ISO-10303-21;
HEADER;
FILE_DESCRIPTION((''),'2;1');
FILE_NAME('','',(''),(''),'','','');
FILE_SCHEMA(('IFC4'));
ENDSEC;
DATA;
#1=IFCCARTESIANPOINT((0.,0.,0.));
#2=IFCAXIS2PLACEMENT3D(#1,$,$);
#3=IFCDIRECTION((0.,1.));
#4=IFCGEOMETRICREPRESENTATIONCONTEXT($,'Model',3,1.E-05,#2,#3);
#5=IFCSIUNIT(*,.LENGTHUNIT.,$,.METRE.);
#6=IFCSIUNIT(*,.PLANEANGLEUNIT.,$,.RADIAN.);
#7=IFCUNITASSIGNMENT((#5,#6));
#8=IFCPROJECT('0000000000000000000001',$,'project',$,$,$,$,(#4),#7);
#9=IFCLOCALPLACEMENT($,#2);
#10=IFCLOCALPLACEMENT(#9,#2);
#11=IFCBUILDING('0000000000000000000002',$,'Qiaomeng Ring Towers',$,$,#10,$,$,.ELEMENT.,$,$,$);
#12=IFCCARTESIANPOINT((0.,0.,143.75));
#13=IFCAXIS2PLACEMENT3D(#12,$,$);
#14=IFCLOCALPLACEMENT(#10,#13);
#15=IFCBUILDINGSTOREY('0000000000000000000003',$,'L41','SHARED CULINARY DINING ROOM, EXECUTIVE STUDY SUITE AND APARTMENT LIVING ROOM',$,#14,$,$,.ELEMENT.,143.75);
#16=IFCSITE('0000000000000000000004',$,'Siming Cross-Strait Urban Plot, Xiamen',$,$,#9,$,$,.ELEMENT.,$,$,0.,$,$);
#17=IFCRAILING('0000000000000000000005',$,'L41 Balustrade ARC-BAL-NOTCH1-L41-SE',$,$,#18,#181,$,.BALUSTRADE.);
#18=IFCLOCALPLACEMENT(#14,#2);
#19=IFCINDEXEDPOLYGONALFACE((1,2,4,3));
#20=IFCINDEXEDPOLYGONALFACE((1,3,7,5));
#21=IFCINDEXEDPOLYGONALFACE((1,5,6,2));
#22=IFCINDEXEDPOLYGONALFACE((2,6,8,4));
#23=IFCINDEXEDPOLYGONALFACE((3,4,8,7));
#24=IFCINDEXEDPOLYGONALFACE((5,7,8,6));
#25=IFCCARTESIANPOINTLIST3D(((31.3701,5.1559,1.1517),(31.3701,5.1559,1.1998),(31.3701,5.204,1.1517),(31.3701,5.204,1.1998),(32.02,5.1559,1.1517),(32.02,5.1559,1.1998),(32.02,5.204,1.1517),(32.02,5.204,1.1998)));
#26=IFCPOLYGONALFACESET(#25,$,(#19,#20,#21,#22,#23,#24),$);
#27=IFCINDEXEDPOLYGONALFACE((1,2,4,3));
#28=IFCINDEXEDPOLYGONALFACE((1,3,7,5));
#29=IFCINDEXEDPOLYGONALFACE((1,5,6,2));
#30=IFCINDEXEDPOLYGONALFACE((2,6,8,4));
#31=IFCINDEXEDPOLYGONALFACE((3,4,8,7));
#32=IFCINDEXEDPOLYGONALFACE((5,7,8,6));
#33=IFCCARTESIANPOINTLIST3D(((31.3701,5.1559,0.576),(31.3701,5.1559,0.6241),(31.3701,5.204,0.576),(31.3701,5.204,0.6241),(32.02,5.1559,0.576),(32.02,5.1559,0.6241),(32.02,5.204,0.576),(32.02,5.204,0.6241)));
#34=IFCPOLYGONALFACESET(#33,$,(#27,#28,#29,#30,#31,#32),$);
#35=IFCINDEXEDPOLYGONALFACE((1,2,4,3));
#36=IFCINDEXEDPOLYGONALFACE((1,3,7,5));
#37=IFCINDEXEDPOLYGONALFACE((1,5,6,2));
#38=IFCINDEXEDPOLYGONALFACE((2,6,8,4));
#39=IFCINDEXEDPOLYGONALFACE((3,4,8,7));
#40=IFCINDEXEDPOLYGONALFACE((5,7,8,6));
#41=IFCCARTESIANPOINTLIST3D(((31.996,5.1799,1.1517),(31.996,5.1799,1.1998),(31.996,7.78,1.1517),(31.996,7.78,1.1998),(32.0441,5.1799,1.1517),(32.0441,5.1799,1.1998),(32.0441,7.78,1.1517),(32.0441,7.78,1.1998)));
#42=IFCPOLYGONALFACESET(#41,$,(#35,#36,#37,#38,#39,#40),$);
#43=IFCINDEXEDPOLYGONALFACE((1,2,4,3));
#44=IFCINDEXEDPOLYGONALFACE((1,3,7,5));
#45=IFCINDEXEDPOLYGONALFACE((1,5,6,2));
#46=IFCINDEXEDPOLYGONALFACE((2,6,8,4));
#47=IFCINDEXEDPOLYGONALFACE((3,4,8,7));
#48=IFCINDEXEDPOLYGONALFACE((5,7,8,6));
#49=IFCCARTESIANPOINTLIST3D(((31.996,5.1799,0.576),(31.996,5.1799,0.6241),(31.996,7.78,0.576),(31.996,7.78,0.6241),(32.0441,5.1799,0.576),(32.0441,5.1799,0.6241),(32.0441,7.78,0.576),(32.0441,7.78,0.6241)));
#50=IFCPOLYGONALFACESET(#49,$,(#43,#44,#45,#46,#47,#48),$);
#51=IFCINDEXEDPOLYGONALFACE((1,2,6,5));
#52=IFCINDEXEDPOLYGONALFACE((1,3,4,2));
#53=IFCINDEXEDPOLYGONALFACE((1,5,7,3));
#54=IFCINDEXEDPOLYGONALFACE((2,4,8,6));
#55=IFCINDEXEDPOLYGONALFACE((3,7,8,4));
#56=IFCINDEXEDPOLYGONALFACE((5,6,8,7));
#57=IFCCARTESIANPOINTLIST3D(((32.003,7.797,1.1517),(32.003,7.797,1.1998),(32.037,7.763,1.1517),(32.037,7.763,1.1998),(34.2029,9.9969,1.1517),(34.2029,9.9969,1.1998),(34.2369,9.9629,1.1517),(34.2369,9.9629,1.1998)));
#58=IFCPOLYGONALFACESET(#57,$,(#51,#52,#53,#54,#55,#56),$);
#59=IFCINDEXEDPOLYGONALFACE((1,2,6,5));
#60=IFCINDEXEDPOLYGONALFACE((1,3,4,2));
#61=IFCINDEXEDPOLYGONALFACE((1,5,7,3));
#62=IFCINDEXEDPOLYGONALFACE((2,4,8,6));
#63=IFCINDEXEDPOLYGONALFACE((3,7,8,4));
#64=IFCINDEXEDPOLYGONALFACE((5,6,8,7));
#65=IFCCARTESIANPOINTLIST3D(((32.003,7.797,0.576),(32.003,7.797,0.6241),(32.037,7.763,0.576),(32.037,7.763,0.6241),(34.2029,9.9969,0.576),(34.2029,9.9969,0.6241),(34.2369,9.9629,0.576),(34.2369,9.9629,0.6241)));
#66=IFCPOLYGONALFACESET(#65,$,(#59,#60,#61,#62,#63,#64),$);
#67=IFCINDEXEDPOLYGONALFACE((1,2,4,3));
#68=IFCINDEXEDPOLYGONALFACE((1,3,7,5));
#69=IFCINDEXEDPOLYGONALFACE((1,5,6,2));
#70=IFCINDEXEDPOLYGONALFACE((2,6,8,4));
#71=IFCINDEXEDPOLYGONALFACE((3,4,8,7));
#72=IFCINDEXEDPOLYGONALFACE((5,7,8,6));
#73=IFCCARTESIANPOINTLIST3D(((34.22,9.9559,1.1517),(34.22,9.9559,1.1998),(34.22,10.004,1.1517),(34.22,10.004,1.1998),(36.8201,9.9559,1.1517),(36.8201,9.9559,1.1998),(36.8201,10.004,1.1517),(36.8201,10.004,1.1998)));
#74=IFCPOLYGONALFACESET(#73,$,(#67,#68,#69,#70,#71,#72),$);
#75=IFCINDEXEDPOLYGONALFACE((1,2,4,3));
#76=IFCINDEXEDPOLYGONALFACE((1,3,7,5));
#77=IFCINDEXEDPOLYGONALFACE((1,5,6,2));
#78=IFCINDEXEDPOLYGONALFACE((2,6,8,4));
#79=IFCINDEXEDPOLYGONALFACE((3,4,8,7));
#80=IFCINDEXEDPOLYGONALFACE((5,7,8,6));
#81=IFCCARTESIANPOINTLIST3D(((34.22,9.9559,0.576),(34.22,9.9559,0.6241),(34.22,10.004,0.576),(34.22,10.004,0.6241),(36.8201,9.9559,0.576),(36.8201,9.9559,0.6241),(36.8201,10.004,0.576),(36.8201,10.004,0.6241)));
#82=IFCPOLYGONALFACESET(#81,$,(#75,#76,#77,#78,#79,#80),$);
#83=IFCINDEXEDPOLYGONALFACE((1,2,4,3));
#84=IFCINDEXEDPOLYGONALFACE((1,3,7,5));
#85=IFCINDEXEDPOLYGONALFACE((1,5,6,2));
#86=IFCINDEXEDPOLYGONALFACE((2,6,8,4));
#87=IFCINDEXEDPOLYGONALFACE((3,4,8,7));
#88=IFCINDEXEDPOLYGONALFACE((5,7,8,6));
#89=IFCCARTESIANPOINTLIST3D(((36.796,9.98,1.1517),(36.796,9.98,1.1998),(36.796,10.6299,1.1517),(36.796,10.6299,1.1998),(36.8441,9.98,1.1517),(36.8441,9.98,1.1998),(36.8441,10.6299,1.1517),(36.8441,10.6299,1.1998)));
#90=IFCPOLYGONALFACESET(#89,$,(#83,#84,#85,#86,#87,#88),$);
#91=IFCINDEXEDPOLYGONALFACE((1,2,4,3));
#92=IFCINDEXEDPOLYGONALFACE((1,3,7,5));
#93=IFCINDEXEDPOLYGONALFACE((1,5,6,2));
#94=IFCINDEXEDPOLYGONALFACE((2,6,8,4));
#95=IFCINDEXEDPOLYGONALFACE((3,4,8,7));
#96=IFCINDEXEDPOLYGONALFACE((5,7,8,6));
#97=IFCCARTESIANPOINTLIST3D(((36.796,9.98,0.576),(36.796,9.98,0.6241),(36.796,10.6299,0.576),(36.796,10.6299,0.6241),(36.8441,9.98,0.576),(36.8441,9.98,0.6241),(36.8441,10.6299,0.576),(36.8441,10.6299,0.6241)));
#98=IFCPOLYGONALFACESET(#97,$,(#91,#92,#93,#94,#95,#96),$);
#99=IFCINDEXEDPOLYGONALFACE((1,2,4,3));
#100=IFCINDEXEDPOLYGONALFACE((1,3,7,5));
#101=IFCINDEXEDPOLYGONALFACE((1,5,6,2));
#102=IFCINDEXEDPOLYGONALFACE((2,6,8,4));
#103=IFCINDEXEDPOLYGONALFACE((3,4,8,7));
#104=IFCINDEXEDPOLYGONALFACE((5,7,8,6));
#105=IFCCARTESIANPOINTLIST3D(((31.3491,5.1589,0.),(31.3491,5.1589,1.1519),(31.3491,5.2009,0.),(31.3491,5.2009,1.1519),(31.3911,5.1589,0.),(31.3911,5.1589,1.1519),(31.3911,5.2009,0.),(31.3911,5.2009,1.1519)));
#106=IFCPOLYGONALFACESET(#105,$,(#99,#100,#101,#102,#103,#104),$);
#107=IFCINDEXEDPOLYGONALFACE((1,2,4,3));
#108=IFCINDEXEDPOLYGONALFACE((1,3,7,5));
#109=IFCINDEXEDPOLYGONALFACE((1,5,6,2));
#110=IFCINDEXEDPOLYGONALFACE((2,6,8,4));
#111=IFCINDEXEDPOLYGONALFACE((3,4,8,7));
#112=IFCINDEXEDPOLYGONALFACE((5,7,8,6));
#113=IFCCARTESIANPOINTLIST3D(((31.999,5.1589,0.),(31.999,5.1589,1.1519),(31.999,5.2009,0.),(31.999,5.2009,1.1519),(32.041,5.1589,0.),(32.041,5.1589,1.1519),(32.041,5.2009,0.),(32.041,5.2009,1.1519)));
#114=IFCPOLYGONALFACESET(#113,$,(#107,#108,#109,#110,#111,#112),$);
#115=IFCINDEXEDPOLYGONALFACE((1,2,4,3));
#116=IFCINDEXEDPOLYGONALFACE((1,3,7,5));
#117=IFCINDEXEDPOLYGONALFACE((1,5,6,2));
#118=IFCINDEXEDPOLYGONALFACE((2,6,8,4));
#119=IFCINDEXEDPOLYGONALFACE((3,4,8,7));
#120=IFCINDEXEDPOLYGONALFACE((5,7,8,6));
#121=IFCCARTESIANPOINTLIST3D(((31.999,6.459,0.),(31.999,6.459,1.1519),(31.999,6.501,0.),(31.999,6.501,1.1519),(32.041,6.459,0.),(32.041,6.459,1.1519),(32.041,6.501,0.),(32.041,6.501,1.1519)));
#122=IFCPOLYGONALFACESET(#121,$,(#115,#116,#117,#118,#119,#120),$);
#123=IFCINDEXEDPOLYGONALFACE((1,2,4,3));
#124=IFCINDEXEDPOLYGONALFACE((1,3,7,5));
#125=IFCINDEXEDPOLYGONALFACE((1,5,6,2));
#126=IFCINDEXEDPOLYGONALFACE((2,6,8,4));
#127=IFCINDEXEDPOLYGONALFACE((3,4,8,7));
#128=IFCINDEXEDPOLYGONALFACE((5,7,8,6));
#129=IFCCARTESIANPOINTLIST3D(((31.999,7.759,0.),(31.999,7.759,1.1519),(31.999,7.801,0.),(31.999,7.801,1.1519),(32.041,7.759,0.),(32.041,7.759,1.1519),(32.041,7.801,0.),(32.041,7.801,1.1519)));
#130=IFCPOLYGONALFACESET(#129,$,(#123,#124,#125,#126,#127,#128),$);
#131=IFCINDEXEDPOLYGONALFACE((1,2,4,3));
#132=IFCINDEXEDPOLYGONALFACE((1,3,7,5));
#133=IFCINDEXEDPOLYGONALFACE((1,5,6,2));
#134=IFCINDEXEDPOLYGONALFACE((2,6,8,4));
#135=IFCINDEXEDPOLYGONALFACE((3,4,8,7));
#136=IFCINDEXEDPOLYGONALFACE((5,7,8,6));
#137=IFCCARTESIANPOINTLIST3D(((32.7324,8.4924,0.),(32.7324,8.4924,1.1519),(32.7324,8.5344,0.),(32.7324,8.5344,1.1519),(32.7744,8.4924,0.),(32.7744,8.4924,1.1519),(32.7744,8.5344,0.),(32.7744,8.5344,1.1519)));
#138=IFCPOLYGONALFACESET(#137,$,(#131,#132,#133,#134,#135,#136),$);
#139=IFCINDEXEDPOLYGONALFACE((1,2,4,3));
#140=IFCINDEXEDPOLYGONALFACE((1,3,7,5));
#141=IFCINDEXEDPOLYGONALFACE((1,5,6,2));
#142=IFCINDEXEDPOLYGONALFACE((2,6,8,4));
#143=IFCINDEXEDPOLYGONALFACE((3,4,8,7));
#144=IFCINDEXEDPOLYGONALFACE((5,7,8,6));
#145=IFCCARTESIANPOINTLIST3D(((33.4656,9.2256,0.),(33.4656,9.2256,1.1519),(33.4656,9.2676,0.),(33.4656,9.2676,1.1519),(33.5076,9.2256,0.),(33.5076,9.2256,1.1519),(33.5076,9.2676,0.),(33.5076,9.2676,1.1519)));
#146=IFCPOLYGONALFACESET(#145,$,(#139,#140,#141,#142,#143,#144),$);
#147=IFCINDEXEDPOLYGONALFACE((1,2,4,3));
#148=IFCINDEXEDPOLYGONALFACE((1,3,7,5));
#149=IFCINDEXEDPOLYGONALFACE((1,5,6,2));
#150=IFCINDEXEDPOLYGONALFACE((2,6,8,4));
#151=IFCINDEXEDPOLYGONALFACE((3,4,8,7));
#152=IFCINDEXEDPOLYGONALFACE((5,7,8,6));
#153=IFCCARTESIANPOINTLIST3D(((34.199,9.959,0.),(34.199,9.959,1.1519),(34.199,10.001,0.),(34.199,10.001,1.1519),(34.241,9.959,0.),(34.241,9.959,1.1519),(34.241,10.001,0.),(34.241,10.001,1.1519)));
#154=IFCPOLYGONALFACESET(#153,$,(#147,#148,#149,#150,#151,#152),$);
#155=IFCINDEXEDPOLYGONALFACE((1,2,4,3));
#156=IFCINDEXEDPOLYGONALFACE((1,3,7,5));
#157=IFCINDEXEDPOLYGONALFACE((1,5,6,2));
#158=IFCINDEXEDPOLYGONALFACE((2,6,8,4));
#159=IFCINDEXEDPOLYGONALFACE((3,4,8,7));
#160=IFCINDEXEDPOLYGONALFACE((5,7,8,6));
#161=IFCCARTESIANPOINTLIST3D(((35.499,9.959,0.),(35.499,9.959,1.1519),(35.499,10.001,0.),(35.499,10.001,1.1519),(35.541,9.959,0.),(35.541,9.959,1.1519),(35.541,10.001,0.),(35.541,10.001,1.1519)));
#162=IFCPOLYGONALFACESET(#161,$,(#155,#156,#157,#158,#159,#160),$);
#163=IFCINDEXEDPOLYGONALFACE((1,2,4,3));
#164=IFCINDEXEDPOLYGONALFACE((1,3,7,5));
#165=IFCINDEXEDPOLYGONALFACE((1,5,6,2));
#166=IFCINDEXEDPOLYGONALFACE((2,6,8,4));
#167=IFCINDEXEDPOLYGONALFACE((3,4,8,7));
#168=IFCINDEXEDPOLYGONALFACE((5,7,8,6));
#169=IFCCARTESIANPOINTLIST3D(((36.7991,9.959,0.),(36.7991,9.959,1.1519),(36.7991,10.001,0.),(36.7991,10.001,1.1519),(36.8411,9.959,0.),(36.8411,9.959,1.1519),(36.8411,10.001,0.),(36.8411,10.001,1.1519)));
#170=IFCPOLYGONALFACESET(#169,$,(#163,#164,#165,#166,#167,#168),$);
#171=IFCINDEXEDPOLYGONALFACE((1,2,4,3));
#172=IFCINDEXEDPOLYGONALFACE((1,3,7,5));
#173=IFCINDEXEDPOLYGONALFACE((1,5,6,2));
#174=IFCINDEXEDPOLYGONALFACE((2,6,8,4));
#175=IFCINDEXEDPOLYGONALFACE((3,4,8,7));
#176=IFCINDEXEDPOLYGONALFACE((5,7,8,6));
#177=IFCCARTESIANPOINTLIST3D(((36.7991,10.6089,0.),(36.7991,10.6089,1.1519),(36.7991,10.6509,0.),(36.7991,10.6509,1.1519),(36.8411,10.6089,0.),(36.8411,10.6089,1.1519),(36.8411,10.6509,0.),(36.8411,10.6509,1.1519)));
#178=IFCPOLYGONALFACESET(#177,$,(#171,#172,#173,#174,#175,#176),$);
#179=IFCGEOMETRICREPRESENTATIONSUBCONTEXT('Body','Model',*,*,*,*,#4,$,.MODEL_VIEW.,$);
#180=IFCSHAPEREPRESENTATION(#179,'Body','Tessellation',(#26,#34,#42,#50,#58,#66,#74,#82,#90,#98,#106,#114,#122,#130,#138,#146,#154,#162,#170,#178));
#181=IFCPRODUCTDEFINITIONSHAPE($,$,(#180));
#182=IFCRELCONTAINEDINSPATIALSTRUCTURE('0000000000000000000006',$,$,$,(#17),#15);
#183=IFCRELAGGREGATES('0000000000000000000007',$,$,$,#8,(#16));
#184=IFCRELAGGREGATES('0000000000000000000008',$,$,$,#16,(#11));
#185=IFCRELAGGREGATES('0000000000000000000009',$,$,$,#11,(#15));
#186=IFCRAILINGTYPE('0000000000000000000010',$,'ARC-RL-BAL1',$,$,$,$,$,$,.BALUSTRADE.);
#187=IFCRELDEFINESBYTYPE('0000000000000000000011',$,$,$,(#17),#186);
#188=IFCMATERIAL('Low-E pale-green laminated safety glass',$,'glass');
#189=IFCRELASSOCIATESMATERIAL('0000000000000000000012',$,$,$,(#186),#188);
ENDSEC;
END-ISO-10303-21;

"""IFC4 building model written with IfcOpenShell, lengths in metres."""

from ifc_helpers import new_model, si_unit, direction, frame, origin, origin_2d, place, context, subcontext, project, spatial, rectangle, extrude, material, type_object, element, save


model = new_model("IFC4")

# Units and contexts
model_context = context("Model", 3, precision=1e-05, world=origin(), true_north=direction((0.0, 1.0)))
body_context = subcontext(model_context, "Body", "Model", "MODEL_VIEW")
ifc_project = project(units=[si_unit("LENGTHUNIT", "METRE"), si_unit("PLANEANGLEUNIT", "RADIAN")], contexts=[model_context])

# Site, building, storey
site_placement = place(None, origin())
site = spatial("IfcSite", under=ifc_project, at=site_placement, Name="Siming Cross-Strait Urban Plot, Xiamen", CompositionType="ELEMENT", RefElevation=0.0)
building_placement = place(site_placement, origin())
building = spatial("IfcBuilding", under=site, at=building_placement, Name="Qiaomeng Ring Towers", CompositionType="ELEMENT")
storey_placement = place(building_placement, frame((0.0, 0.0, 143.75)))
storey = spatial("IfcBuildingStorey", under=building, at=storey_placement, Name="L41", Description="SHARED CULINARY DINING ROOM, EXECUTIVE STUDY SUITE AND APARTMENT LIVING ROOM", CompositionType="ELEMENT", Elevation=143.75)

# Railing
ifc_material_1 = material(Name="Low-E pale-green laminated safety glass", Category="glass")
railing_type = type_object("IfcRailingType", Name="ARC-RL-BAL1", PredefinedType="BALUSTRADE", material=ifc_material_1)
railing_placement = place(storey_placement, frame((31.3701, 5.1799, 0.0)))
element("IfcRailing", 1, at=railing_placement, inside=storey, type_object=railing_type, Name="L41 Balustrade ARC-BAL-NOTCH1-L41-SE", PredefinedType="BALUSTRADE", context=body_context, shape_type="SweptSolid", body=[
    extrude(rectangle(XDim=0.0481, YDim=0.0481, at=origin_2d()), frame((0.0, 0.0, 1.1758), z_axis=(1.0, 0.0, 0.0), x_axis=(0.0, 1.0, 0.0)), (0.0, 0.0, 1.0), 0.6499),
    extrude(rectangle(XDim=0.0481, YDim=0.0481, at=origin_2d()), frame((0.0, 0.0, 0.6001), z_axis=(1.0, 0.0, 0.0), x_axis=(0.0, 1.0, 0.0)), (0.0, 0.0, 1.0), 0.6499),
    extrude(rectangle(XDim=0.0481, YDim=0.0481, at=origin_2d()), frame((0.6499, 0.0, 1.1758), z_axis=(0.0, 1.0, 0.0), x_axis=(-1.0, 0.0, 0.0)), (0.0, 0.0, 1.0), 2.6001),
    extrude(rectangle(XDim=0.0481, YDim=0.0481, at=origin_2d()), frame((0.6499, 0.0, 0.6001), z_axis=(0.0, 1.0, 0.0), x_axis=(-1.0, 0.0, 0.0)), (0.0, 0.0, 1.0), 2.6001),
    extrude(rectangle(XDim=0.0481, YDim=0.0481, at=origin_2d()), frame((0.6499, 2.6001, 1.1758), z_axis=(0.707107, 0.707107, 0.0), x_axis=(-0.707107, 0.707107, 0.0)), (0.0, 0.0, 1.0), 3.1111),
    extrude(rectangle(XDim=0.0481, YDim=0.0481, at=origin_2d()), frame((0.6499, 2.6001, 0.6001), z_axis=(0.707107, 0.707107, 0.0), x_axis=(-0.707107, 0.707107, 0.0)), (0.0, 0.0, 1.0), 3.1111),
    extrude(rectangle(XDim=0.0481, YDim=0.0481, at=origin_2d()), frame((2.8499, 4.8, 1.1758), z_axis=(1.0, 0.0, 0.0), x_axis=(0.0, 1.0, 0.0)), (0.0, 0.0, 1.0), 2.6001),
    extrude(rectangle(XDim=0.0481, YDim=0.0481, at=origin_2d()), frame((2.8499, 4.8, 0.6001), z_axis=(1.0, 0.0, 0.0), x_axis=(0.0, 1.0, 0.0)), (0.0, 0.0, 1.0), 2.6001),
    extrude(rectangle(XDim=0.0481, YDim=0.0481, at=origin_2d()), frame((5.45, 4.8, 1.1758), z_axis=(0.0, 1.0, 0.0), x_axis=(-1.0, 0.0, 0.0)), (0.0, 0.0, 1.0), 0.6499),
    extrude(rectangle(XDim=0.0481, YDim=0.0481, at=origin_2d()), frame((5.45, 4.8, 0.6001), z_axis=(0.0, 1.0, 0.0), x_axis=(-1.0, 0.0, 0.0)), (0.0, 0.0, 1.0), 0.6499),
    extrude(rectangle(XDim=0.042, YDim=0.042, at=origin_2d()), origin(), (0.0, 0.0, 1.0), 1.1519),
    extrude(rectangle(XDim=0.042, YDim=0.042, at=origin_2d()), frame((0.6499, 0.0, 0.0)), (0.0, 0.0, 1.0), 1.1519),
    extrude(rectangle(XDim=0.042, YDim=0.042, at=origin_2d()), frame((0.6499, 1.3, 0.0)), (0.0, 0.0, 1.0), 1.1519),
    extrude(rectangle(XDim=0.042, YDim=0.042, at=origin_2d()), frame((0.6499, 2.6001, 0.0)), (0.0, 0.0, 1.0), 1.1519),
    extrude(rectangle(XDim=0.042, YDim=0.042, at=origin_2d()), frame((1.3833, 3.3335, 0.0)), (0.0, 0.0, 1.0), 1.1519),
    extrude(rectangle(XDim=0.042, YDim=0.042, at=origin_2d()), frame((2.1165, 4.0667, 0.0)), (0.0, 0.0, 1.0), 1.1519),
    extrude(rectangle(XDim=0.042, YDim=0.042, at=origin_2d()), frame((2.8499, 4.8, 0.0)), (0.0, 0.0, 1.0), 1.1519),
    extrude(rectangle(XDim=0.042, YDim=0.042, at=origin_2d()), frame((4.1499, 4.8, 0.0)), (0.0, 0.0, 1.0), 1.1519),
    extrude(rectangle(XDim=0.042, YDim=0.042, at=origin_2d()), frame((5.45, 4.8, 0.0)), (0.0, 0.0, 1.0), 1.1519),
    extrude(rectangle(XDim=0.042, YDim=0.042, at=origin_2d()), frame((5.45, 5.45, 0.0)), (0.0, 0.0, 1.0), 1.1519),
])

save(model, "model.ifc")
